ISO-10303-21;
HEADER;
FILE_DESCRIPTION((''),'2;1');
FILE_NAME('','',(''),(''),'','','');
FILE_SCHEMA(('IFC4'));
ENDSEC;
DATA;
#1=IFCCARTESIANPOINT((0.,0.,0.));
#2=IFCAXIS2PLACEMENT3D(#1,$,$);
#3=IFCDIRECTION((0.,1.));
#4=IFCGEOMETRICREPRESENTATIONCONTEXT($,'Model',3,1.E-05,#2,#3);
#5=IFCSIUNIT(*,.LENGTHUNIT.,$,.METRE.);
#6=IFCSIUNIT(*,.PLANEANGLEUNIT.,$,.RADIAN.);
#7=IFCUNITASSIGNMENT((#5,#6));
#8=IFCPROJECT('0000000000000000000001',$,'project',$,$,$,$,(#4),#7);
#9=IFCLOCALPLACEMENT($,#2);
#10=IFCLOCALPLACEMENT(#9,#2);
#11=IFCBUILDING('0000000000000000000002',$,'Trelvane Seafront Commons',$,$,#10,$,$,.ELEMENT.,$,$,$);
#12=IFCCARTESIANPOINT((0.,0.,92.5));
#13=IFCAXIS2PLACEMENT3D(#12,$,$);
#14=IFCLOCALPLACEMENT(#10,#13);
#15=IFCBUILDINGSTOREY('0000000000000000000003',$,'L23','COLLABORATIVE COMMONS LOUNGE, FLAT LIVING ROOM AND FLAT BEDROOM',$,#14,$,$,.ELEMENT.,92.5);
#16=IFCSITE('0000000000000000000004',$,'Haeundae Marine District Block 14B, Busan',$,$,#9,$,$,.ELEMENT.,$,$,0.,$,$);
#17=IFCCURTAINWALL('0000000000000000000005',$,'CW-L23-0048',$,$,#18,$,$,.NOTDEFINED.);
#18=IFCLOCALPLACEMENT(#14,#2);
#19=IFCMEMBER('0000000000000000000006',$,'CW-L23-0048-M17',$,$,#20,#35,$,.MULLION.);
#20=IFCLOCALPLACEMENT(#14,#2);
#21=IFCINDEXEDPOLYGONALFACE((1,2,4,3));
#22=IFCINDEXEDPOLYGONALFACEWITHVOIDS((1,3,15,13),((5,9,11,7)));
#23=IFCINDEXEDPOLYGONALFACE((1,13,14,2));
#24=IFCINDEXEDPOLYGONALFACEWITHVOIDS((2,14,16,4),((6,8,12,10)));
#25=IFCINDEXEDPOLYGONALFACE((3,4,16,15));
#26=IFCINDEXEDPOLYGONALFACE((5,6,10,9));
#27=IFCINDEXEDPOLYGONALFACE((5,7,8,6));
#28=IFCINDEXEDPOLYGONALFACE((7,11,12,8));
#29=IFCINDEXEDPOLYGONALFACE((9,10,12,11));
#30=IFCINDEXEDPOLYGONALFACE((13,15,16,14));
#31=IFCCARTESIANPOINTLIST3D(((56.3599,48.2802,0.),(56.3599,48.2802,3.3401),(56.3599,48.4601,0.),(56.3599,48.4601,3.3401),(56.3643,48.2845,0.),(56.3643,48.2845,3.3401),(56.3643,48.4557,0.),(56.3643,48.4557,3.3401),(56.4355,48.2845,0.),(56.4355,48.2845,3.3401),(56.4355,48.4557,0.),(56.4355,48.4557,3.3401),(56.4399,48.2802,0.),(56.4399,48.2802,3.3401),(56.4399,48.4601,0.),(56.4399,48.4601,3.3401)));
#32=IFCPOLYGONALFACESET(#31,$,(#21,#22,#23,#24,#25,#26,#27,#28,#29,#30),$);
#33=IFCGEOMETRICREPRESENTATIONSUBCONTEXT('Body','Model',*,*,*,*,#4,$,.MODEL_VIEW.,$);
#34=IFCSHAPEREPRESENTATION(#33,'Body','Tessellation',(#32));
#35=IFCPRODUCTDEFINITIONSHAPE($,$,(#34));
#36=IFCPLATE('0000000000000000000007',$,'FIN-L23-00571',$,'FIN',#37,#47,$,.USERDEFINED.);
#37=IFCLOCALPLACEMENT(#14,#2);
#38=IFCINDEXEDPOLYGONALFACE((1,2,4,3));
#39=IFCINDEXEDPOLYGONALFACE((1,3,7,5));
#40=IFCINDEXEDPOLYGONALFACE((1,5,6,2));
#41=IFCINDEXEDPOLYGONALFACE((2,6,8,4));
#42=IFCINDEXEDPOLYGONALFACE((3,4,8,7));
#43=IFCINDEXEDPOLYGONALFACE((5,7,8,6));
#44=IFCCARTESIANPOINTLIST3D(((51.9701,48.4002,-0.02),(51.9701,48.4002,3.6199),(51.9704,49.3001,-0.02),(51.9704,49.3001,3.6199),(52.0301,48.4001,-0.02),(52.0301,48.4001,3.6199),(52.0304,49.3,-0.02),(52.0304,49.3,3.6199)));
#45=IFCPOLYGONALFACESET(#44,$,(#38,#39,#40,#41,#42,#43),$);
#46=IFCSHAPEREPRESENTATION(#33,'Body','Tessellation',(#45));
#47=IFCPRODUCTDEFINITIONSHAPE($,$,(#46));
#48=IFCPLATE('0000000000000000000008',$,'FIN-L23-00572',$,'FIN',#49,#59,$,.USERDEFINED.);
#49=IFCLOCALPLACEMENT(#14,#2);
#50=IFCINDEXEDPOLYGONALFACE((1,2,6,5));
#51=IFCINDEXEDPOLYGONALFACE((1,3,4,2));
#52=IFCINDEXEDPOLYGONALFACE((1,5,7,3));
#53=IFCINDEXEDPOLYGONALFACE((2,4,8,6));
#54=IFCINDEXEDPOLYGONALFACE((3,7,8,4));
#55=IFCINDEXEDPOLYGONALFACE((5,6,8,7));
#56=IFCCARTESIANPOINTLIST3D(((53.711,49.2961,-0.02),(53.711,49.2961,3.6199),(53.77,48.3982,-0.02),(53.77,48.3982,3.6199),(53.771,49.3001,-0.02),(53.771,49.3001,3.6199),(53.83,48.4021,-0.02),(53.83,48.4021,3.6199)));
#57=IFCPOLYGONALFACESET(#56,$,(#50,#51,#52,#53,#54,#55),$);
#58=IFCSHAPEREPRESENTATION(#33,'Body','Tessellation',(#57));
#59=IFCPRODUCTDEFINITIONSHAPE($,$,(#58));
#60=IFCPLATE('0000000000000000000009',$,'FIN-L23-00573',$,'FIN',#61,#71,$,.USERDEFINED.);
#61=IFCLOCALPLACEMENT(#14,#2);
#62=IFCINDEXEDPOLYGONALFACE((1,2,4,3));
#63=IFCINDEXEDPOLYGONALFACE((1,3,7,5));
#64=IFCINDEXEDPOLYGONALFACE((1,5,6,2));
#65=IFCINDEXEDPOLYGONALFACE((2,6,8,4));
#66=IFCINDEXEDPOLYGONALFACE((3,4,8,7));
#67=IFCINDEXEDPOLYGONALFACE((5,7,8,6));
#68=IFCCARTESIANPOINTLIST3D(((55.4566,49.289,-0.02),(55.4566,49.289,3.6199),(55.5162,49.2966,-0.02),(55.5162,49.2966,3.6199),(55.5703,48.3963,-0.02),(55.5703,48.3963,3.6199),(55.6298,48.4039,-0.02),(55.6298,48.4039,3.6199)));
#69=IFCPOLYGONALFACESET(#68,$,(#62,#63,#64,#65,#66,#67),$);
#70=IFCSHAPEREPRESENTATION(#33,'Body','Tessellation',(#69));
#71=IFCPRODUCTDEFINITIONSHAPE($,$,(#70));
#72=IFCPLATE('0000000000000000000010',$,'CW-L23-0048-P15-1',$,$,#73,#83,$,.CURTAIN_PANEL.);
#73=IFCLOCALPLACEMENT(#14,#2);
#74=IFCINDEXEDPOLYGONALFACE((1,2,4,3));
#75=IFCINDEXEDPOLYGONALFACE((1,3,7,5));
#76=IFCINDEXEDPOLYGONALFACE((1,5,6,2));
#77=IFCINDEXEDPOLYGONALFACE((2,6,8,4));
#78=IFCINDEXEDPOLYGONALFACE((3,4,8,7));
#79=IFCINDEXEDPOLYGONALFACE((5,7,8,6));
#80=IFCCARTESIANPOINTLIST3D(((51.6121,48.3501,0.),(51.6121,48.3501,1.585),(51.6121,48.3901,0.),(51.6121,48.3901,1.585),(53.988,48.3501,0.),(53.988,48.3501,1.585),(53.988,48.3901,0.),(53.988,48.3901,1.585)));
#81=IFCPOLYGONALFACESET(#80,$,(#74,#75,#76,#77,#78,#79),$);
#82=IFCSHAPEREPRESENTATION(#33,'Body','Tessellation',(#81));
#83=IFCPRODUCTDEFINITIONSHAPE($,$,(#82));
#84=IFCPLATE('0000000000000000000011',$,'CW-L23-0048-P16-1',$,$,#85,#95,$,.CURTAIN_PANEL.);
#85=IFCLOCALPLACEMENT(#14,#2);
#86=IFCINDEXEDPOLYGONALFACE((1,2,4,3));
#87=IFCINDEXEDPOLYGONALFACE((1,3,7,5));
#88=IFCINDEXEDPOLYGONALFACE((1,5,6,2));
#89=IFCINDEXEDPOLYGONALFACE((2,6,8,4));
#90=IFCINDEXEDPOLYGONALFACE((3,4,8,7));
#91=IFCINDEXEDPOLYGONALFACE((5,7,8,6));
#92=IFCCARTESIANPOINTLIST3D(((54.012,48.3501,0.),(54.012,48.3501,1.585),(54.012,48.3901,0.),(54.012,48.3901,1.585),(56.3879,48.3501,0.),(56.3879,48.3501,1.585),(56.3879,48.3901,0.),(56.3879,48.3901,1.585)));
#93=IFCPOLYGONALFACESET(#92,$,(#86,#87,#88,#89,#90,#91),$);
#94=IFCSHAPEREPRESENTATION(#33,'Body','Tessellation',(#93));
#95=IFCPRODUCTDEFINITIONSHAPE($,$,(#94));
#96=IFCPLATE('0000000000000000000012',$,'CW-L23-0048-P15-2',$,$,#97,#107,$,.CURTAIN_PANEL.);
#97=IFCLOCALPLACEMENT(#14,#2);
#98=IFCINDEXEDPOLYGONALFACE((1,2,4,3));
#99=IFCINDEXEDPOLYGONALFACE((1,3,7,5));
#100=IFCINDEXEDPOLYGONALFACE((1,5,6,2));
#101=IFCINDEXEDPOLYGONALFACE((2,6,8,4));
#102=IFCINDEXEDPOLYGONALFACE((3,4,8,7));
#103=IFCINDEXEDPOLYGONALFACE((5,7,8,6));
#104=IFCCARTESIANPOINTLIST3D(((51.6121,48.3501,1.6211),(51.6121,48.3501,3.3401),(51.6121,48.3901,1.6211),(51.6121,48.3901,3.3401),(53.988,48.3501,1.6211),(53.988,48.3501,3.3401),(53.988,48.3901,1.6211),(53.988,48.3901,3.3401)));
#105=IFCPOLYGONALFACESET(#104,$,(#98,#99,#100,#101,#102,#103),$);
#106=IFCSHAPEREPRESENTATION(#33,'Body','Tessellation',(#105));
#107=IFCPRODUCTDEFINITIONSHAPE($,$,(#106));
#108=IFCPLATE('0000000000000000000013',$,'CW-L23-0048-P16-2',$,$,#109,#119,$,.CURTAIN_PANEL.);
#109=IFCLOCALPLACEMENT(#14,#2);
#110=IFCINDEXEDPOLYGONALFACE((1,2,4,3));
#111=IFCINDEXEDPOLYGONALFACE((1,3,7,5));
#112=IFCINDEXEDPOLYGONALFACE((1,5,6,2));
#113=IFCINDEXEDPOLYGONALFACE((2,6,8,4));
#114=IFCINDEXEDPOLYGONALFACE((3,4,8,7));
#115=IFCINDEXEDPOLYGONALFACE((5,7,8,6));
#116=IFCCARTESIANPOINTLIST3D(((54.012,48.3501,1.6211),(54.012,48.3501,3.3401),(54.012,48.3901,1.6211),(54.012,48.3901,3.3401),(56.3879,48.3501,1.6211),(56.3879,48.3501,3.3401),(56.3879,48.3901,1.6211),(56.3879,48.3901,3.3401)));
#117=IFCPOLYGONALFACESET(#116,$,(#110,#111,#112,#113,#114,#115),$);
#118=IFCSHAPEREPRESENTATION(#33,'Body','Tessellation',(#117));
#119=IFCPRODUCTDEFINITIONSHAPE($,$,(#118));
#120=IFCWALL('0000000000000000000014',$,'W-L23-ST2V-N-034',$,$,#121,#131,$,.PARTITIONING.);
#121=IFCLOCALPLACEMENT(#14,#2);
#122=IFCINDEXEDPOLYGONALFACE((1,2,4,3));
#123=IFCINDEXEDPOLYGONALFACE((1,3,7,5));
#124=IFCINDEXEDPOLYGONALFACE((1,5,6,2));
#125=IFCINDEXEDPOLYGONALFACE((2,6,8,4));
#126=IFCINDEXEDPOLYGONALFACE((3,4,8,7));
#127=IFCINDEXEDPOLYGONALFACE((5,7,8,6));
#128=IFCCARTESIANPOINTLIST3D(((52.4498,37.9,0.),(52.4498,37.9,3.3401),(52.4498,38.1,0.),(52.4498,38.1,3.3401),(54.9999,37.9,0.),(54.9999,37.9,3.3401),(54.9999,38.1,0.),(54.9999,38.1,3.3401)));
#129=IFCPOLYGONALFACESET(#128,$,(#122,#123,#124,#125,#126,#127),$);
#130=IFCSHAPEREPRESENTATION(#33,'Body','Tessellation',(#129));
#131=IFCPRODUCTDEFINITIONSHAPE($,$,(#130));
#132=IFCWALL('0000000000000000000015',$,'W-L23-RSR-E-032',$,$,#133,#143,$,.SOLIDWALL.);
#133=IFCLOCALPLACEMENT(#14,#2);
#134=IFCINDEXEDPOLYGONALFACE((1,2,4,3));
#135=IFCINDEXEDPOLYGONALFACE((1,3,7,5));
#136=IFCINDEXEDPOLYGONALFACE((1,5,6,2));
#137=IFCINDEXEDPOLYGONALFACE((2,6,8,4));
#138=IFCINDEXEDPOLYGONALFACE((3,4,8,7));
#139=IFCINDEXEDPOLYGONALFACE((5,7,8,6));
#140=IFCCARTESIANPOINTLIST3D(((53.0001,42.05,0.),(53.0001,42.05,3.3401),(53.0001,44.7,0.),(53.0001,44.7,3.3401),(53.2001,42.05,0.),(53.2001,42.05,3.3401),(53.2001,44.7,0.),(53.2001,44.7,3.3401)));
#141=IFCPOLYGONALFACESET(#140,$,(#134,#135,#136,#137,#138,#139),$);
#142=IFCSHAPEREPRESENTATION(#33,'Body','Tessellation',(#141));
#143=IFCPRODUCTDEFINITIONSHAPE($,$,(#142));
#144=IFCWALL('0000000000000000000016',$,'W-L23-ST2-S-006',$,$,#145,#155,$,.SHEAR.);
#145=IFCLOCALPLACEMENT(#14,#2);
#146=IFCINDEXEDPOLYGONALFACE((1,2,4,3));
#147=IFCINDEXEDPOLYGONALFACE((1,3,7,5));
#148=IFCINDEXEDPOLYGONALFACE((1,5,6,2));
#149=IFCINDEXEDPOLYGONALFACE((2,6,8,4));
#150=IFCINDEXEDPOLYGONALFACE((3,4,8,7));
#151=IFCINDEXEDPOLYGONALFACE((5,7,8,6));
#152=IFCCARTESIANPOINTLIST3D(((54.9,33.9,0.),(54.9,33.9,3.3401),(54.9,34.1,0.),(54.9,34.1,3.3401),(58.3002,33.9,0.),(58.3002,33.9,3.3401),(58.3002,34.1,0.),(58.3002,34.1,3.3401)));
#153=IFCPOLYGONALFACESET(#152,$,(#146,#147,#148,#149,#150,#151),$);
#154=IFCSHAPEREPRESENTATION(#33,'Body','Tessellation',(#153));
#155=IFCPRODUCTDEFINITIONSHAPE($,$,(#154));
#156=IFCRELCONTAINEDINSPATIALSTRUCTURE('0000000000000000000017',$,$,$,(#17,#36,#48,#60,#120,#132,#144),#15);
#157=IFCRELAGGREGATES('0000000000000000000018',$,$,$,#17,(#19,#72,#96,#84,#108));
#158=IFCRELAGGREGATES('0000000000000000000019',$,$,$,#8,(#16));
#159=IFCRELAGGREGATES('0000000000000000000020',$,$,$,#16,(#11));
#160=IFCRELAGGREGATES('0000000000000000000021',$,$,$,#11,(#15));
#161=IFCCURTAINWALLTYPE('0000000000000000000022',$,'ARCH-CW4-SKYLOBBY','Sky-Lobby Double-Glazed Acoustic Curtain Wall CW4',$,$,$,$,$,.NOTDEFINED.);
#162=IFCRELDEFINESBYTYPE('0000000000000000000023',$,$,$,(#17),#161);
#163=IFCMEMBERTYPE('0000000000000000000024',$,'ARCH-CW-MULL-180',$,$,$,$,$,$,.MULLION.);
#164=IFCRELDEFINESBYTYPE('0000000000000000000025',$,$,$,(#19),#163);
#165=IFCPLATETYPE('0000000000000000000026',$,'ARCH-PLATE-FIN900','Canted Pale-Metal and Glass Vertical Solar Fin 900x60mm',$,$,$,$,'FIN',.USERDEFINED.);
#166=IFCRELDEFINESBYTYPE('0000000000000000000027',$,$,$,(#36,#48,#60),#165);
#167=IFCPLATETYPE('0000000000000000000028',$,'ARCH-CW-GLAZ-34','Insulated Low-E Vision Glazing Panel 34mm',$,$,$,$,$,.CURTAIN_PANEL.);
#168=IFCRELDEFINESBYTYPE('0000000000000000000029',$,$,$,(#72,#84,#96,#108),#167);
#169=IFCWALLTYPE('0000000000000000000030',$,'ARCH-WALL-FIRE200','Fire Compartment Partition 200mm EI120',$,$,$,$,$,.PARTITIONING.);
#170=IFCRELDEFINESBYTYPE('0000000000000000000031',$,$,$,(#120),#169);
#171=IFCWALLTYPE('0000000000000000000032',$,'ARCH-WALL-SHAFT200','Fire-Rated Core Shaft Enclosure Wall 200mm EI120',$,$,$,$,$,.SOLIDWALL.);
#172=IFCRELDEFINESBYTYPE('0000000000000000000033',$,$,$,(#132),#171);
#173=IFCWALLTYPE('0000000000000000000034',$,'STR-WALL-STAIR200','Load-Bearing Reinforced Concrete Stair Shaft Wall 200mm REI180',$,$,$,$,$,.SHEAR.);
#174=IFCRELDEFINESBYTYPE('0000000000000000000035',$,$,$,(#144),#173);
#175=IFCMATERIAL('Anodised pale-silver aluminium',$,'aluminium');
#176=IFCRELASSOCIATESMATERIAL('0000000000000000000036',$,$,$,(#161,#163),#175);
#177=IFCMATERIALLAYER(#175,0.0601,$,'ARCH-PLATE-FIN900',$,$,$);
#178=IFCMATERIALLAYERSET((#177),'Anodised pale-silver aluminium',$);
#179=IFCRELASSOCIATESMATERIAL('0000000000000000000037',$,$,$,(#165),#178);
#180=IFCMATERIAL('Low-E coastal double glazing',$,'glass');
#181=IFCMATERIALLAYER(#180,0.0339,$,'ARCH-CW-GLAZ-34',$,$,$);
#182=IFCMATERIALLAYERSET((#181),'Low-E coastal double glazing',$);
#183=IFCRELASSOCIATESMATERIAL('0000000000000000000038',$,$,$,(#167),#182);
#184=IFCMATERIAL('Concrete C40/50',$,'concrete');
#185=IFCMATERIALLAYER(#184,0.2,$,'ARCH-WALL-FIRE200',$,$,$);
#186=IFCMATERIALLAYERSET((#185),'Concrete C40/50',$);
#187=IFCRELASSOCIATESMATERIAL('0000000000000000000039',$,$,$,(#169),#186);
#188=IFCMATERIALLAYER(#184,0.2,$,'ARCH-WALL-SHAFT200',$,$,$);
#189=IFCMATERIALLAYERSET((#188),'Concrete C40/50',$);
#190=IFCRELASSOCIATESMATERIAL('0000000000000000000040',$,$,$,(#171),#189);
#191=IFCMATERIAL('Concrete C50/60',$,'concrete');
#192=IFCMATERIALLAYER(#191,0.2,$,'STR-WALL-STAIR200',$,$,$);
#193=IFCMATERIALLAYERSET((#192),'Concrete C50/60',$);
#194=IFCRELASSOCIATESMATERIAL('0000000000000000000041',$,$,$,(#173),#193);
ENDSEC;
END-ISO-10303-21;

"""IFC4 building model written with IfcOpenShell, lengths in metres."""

from ifc_helpers import new_model, si_unit, direction, frame, frame_2d, origin, origin_2d, place, context, subcontext, project, spatial, rectangle, hollow_rectangle, extrude, source, transform, mapped, material, layer, layer_set, material_profile, profile_set, type_object, element, aggregate, save


model = new_model("IFC4")

# Units and contexts
model_context = context("Model", 3, precision=1e-05, world=origin(), true_north=direction((0.0, 1.0)))
body_context = subcontext(model_context, "Body", "Model", "MODEL_VIEW")
ifc_project = project(units=[si_unit("LENGTHUNIT", "METRE"), si_unit("PLANEANGLEUNIT", "RADIAN")], contexts=[model_context])

# Site, building, storey
site_placement = place(None, origin())
site = spatial("IfcSite", under=ifc_project, at=site_placement, Name="Haeundae Marine District Block 14B, Busan", CompositionType="ELEMENT", RefElevation=0.0)
building_placement = place(site_placement, origin())
building = spatial("IfcBuilding", under=site, at=building_placement, Name="Trelvane Seafront Commons", CompositionType="ELEMENT")
storey_placement = place(building_placement, frame((0.0, 0.0, 92.5)))
storey = spatial("IfcBuildingStorey", under=building, at=storey_placement, Name="L23", Description="COLLABORATIVE COMMONS LOUNGE, FLAT LIVING ROOM AND FLAT BEDROOM", CompositionType="ELEMENT", Elevation=92.5)

# Curtain wall, member
ifc_material_1 = material(Name="Anodised pale-silver aluminium", Category="aluminium")
curtain_wall_type = type_object("IfcCurtainWallType", Name="ARCH-CW4-SKYLOBBY", Description="Sky-Lobby Double-Glazed Acoustic Curtain Wall CW4", PredefinedType="NOTDEFINED", material=ifc_material_1)
curtain_wall_placement = place(storey_placement, origin())
curtain_wall = element("IfcCurtainWall", 1, at=curtain_wall_placement, inside=storey, type_object=curtain_wall_type, Name="CW-L23-0048", PredefinedType="NOTDEFINED")
ifc_material_profile_1 = material_profile(ifc_material_1, hollow_rectangle(XDim=0.0801, YDim=0.1799, WallThickness=0.0044, at=origin_2d()), Name="MULL-80x180x4.5")
ifc_profile_set_1 = profile_set([ifc_material_profile_1], Name="Anodised pale-silver aluminium")
member_type_1 = type_object("IfcMemberType", Name="ARCH-CW-MULL-180", PredefinedType="MULLION", material=ifc_profile_set_1)
shared_shape_1 = source(origin(), body_context, "Body", "SweptSolid", [
    extrude(hollow_rectangle(XDim=0.0801, YDim=0.1799, WallThickness=0.0044, at=origin_2d()), origin(), (0.0, 0.0, 1.0), 3.3401),
])
member_1_placement = place(storey_placement, frame((56.3999, 48.3701, 0.0), z_axis=(0.0, 0.0, 1.0), x_axis=(1.0, 0.0, 0.0)))
member_1 = element("IfcMember", 2, at=member_1_placement, type_object=member_type_1, Name="CW-L23-0048-M17", PredefinedType="MULLION", context=body_context, shape_type="MappedRepresentation", body=[
    mapped(shared_shape_1, transform((0.0, 0.0, 0.0), x_axis=(1.0, 0.0, 0.0), y_axis=(0.0, 1.0, 0.0), z_axis=(0.0, 0.0, 1.0), scale=1.0)),
])

# Plates
ifc_layer_1 = layer(ifc_material_1, 0.0601, Name="ARCH-PLATE-FIN900")
ifc_layer_set_1 = layer_set([ifc_layer_1], Name="Anodised pale-silver aluminium")
plate_type_1 = type_object("IfcPlateType", Name="ARCH-PLATE-FIN900", Description="Canted Pale-Metal and Glass Vertical Solar Fin 900x60mm", ElementType="FIN", PredefinedType="USERDEFINED", material=ifc_layer_set_1)
shared_shape_2 = source(origin(), body_context, "Body", "SweptSolid", [
    extrude(rectangle(XDim=0.8999, YDim=0.0601, at=origin_2d()), origin(), (0.0, 0.0, 1.0), 3.6399),
])
for number, where, z_axis, x_axis, name in (
    (3, (52.0002, 48.8501, -0.02), (0.0, 0.0, 1.0), (0.000333, 1.0, 0.0), "FIN-L23-00571"),
    (4, (53.7705, 48.8491, -0.02), (0.0, 0.0, 1.0), (-0.065553, 0.997849, 0.0), "FIN-L23-00572"),
    (5, (55.5432, 48.8464, -0.02), (0.0, 0.0, 1.0), (-0.126332, 0.991988, 0.0), "FIN-L23-00573"),
):
    element("IfcPlate", number, at=place(storey_placement, frame(where, z_axis=z_axis, x_axis=x_axis)), inside=storey, type_object=plate_type_1, Name=name, ObjectType="FIN", PredefinedType="USERDEFINED", context=body_context, shape_type="MappedRepresentation", body=[
        mapped(shared_shape_2, transform((0.0, 0.0, 0.0), x_axis=(1.0, 0.0, 0.0), y_axis=(0.0, 1.0, 0.0), z_axis=(0.0, 0.0, 1.0), scale=1.0)),
    ])

# Plates
ifc_material_2 = material(Name="Low-E coastal double glazing", Category="glass")
ifc_layer_2 = layer(ifc_material_2, 0.0339, Name="ARCH-CW-GLAZ-34")
ifc_layer_set_2 = layer_set([ifc_layer_2], Name="Low-E coastal double glazing")
plate_type_2 = type_object("IfcPlateType", Name="ARCH-CW-GLAZ-34", Description="Insulated Low-E Vision Glazing Panel 34mm", PredefinedType="CURTAIN_PANEL", material=ifc_layer_set_2)
shared_shape_3 = source(origin(), body_context, "Body", "SweptSolid", [
    extrude(rectangle(XDim=2.376, YDim=0.04, at=origin_2d()), origin(), (0.0, 0.0, 1.0), 1.585),
])
plate_1_placement = place(storey_placement, frame((52.8, 48.3701, 0.0), z_axis=(0.0, 0.0, 1.0), x_axis=(1.0, 0.0, 0.0)))
plate_1 = element("IfcPlate", 6, at=plate_1_placement, type_object=plate_type_2, Name="CW-L23-0048-P15-1", PredefinedType="CURTAIN_PANEL", context=body_context, shape_type="MappedRepresentation", body=[
    mapped(shared_shape_3, transform((0.0, 0.0, 0.0), x_axis=(1.0, 0.0, 0.0), y_axis=(0.0, 1.0, 0.0), z_axis=(0.0, 0.0, 1.0), scale=1.0)),
])
plate_2_placement = place(storey_placement, frame((55.2, 48.3701, 0.0), z_axis=(0.0, 0.0, 1.0), x_axis=(1.0, 0.0, 0.0)))
plate_2 = element("IfcPlate", 7, at=plate_2_placement, type_object=plate_type_2, Name="CW-L23-0048-P16-1", PredefinedType="CURTAIN_PANEL", context=body_context, shape_type="MappedRepresentation", body=[
    mapped(shared_shape_3, transform((0.0, 0.0, 0.0), x_axis=(1.0, 0.0, 0.0), y_axis=(0.0, 1.0, 0.0), z_axis=(0.0, 0.0, 1.0), scale=1.0)),
])
shared_shape_4 = source(origin(), body_context, "Body", "SweptSolid", [
    extrude(rectangle(XDim=2.376, YDim=0.04, at=origin_2d()), origin(), (0.0, 0.0, 1.0), 1.719),
])
plate_3_placement = place(storey_placement, frame((52.8, 48.3701, 1.6211), z_axis=(0.0, 0.0, 1.0), x_axis=(1.0, 0.0, 0.0)))
plate_3 = element("IfcPlate", 8, at=plate_3_placement, type_object=plate_type_2, Name="CW-L23-0048-P15-2", PredefinedType="CURTAIN_PANEL", context=body_context, shape_type="MappedRepresentation", body=[
    mapped(shared_shape_4, transform((0.0, 0.0, 0.0), x_axis=(1.0, 0.0, 0.0), y_axis=(0.0, 1.0, 0.0), z_axis=(0.0, 0.0, 1.0), scale=1.0)),
])
plate_4_placement = place(storey_placement, frame((55.2, 48.3701, 1.6211), z_axis=(0.0, 0.0, 1.0), x_axis=(1.0, 0.0, 0.0)))
plate_4 = element("IfcPlate", 9, at=plate_4_placement, type_object=plate_type_2, Name="CW-L23-0048-P16-2", PredefinedType="CURTAIN_PANEL", context=body_context, shape_type="MappedRepresentation", body=[
    mapped(shared_shape_4, transform((0.0, 0.0, 0.0), x_axis=(1.0, 0.0, 0.0), y_axis=(0.0, 1.0, 0.0), z_axis=(0.0, 0.0, 1.0), scale=1.0)),
])
aggregate(curtain_wall, [member_1, plate_1, plate_3, plate_2, plate_4])

# Walls
ifc_material_3 = material(Name="Concrete C40/50", Category="concrete")
ifc_layer_3 = layer(ifc_material_3, 0.2, Name="ARCH-WALL-FIRE200")
ifc_layer_set_3 = layer_set([ifc_layer_3], Name="Concrete C40/50")
wall_type_1 = type_object("IfcWallType", Name="ARCH-WALL-FIRE200", Description="Fire Compartment Partition 200mm EI120", PredefinedType="PARTITIONING", material=ifc_layer_set_3)
wall_1_placement = place(storey_placement, frame((52.45, 38.0, 0.0), z_axis=(0.0, 0.0, 1.0), x_axis=(1.0, 0.0, 0.0)))
element("IfcWall", 10, at=wall_1_placement, inside=storey, type_object=wall_type_1, Name="W-L23-ST2V-N-034", PredefinedType="PARTITIONING", context=body_context, shape_type="SweptSolid", body=[
    extrude(rectangle(XDim=2.55, YDim=0.2, at=frame_2d((1.2749, 0.0))), origin(), (0.0, 0.0, 1.0), 3.3401),
])
ifc_layer_4 = layer(ifc_material_3, 0.2, Name="ARCH-WALL-SHAFT200")
ifc_layer_set_4 = layer_set([ifc_layer_4], Name="Concrete C40/50")
wall_type_2 = type_object("IfcWallType", Name="ARCH-WALL-SHAFT200", Description="Fire-Rated Core Shaft Enclosure Wall 200mm EI120", PredefinedType="SOLIDWALL", material=ifc_layer_set_4)
wall_2_placement = place(storey_placement, frame((53.1001, 42.05, 0.0), z_axis=(0.0, 0.0, 1.0), x_axis=(0.0, 1.0, 0.0)))
element("IfcWall", 11, at=wall_2_placement, inside=storey, type_object=wall_type_2, Name="W-L23-RSR-E-032", PredefinedType="SOLIDWALL", context=body_context, shape_type="SweptSolid", body=[
    extrude(rectangle(XDim=2.6499, YDim=0.2, at=frame_2d((1.325, 0.0))), origin(), (0.0, 0.0, 1.0), 3.3401),
])
ifc_material_4 = material(Name="Concrete C50/60", Category="concrete")
ifc_layer_5 = layer(ifc_material_4, 0.2, Name="STR-WALL-STAIR200")
ifc_layer_set_5 = layer_set([ifc_layer_5], Name="Concrete C50/60")
wall_type_3 = type_object("IfcWallType", Name="STR-WALL-STAIR200", Description="Load-Bearing Reinforced Concrete Stair Shaft Wall 200mm REI180", PredefinedType="SHEAR", material=ifc_layer_set_5)
wall_3_placement = place(storey_placement, frame((54.8999, 34.0, 0.0), z_axis=(0.0, 0.0, 1.0), x_axis=(1.0, 0.0, 0.0)))
element("IfcWall", 12, at=wall_3_placement, inside=storey, type_object=wall_type_3, Name="W-L23-ST2-S-006", PredefinedType="SHEAR", context=body_context, shape_type="SweptSolid", body=[
    extrude(rectangle(XDim=3.4001, YDim=0.2, at=frame_2d((1.7002, 0.0))), origin(), (0.0, 0.0, 1.0), 3.3401),
])

save(model, "model.ifc")
